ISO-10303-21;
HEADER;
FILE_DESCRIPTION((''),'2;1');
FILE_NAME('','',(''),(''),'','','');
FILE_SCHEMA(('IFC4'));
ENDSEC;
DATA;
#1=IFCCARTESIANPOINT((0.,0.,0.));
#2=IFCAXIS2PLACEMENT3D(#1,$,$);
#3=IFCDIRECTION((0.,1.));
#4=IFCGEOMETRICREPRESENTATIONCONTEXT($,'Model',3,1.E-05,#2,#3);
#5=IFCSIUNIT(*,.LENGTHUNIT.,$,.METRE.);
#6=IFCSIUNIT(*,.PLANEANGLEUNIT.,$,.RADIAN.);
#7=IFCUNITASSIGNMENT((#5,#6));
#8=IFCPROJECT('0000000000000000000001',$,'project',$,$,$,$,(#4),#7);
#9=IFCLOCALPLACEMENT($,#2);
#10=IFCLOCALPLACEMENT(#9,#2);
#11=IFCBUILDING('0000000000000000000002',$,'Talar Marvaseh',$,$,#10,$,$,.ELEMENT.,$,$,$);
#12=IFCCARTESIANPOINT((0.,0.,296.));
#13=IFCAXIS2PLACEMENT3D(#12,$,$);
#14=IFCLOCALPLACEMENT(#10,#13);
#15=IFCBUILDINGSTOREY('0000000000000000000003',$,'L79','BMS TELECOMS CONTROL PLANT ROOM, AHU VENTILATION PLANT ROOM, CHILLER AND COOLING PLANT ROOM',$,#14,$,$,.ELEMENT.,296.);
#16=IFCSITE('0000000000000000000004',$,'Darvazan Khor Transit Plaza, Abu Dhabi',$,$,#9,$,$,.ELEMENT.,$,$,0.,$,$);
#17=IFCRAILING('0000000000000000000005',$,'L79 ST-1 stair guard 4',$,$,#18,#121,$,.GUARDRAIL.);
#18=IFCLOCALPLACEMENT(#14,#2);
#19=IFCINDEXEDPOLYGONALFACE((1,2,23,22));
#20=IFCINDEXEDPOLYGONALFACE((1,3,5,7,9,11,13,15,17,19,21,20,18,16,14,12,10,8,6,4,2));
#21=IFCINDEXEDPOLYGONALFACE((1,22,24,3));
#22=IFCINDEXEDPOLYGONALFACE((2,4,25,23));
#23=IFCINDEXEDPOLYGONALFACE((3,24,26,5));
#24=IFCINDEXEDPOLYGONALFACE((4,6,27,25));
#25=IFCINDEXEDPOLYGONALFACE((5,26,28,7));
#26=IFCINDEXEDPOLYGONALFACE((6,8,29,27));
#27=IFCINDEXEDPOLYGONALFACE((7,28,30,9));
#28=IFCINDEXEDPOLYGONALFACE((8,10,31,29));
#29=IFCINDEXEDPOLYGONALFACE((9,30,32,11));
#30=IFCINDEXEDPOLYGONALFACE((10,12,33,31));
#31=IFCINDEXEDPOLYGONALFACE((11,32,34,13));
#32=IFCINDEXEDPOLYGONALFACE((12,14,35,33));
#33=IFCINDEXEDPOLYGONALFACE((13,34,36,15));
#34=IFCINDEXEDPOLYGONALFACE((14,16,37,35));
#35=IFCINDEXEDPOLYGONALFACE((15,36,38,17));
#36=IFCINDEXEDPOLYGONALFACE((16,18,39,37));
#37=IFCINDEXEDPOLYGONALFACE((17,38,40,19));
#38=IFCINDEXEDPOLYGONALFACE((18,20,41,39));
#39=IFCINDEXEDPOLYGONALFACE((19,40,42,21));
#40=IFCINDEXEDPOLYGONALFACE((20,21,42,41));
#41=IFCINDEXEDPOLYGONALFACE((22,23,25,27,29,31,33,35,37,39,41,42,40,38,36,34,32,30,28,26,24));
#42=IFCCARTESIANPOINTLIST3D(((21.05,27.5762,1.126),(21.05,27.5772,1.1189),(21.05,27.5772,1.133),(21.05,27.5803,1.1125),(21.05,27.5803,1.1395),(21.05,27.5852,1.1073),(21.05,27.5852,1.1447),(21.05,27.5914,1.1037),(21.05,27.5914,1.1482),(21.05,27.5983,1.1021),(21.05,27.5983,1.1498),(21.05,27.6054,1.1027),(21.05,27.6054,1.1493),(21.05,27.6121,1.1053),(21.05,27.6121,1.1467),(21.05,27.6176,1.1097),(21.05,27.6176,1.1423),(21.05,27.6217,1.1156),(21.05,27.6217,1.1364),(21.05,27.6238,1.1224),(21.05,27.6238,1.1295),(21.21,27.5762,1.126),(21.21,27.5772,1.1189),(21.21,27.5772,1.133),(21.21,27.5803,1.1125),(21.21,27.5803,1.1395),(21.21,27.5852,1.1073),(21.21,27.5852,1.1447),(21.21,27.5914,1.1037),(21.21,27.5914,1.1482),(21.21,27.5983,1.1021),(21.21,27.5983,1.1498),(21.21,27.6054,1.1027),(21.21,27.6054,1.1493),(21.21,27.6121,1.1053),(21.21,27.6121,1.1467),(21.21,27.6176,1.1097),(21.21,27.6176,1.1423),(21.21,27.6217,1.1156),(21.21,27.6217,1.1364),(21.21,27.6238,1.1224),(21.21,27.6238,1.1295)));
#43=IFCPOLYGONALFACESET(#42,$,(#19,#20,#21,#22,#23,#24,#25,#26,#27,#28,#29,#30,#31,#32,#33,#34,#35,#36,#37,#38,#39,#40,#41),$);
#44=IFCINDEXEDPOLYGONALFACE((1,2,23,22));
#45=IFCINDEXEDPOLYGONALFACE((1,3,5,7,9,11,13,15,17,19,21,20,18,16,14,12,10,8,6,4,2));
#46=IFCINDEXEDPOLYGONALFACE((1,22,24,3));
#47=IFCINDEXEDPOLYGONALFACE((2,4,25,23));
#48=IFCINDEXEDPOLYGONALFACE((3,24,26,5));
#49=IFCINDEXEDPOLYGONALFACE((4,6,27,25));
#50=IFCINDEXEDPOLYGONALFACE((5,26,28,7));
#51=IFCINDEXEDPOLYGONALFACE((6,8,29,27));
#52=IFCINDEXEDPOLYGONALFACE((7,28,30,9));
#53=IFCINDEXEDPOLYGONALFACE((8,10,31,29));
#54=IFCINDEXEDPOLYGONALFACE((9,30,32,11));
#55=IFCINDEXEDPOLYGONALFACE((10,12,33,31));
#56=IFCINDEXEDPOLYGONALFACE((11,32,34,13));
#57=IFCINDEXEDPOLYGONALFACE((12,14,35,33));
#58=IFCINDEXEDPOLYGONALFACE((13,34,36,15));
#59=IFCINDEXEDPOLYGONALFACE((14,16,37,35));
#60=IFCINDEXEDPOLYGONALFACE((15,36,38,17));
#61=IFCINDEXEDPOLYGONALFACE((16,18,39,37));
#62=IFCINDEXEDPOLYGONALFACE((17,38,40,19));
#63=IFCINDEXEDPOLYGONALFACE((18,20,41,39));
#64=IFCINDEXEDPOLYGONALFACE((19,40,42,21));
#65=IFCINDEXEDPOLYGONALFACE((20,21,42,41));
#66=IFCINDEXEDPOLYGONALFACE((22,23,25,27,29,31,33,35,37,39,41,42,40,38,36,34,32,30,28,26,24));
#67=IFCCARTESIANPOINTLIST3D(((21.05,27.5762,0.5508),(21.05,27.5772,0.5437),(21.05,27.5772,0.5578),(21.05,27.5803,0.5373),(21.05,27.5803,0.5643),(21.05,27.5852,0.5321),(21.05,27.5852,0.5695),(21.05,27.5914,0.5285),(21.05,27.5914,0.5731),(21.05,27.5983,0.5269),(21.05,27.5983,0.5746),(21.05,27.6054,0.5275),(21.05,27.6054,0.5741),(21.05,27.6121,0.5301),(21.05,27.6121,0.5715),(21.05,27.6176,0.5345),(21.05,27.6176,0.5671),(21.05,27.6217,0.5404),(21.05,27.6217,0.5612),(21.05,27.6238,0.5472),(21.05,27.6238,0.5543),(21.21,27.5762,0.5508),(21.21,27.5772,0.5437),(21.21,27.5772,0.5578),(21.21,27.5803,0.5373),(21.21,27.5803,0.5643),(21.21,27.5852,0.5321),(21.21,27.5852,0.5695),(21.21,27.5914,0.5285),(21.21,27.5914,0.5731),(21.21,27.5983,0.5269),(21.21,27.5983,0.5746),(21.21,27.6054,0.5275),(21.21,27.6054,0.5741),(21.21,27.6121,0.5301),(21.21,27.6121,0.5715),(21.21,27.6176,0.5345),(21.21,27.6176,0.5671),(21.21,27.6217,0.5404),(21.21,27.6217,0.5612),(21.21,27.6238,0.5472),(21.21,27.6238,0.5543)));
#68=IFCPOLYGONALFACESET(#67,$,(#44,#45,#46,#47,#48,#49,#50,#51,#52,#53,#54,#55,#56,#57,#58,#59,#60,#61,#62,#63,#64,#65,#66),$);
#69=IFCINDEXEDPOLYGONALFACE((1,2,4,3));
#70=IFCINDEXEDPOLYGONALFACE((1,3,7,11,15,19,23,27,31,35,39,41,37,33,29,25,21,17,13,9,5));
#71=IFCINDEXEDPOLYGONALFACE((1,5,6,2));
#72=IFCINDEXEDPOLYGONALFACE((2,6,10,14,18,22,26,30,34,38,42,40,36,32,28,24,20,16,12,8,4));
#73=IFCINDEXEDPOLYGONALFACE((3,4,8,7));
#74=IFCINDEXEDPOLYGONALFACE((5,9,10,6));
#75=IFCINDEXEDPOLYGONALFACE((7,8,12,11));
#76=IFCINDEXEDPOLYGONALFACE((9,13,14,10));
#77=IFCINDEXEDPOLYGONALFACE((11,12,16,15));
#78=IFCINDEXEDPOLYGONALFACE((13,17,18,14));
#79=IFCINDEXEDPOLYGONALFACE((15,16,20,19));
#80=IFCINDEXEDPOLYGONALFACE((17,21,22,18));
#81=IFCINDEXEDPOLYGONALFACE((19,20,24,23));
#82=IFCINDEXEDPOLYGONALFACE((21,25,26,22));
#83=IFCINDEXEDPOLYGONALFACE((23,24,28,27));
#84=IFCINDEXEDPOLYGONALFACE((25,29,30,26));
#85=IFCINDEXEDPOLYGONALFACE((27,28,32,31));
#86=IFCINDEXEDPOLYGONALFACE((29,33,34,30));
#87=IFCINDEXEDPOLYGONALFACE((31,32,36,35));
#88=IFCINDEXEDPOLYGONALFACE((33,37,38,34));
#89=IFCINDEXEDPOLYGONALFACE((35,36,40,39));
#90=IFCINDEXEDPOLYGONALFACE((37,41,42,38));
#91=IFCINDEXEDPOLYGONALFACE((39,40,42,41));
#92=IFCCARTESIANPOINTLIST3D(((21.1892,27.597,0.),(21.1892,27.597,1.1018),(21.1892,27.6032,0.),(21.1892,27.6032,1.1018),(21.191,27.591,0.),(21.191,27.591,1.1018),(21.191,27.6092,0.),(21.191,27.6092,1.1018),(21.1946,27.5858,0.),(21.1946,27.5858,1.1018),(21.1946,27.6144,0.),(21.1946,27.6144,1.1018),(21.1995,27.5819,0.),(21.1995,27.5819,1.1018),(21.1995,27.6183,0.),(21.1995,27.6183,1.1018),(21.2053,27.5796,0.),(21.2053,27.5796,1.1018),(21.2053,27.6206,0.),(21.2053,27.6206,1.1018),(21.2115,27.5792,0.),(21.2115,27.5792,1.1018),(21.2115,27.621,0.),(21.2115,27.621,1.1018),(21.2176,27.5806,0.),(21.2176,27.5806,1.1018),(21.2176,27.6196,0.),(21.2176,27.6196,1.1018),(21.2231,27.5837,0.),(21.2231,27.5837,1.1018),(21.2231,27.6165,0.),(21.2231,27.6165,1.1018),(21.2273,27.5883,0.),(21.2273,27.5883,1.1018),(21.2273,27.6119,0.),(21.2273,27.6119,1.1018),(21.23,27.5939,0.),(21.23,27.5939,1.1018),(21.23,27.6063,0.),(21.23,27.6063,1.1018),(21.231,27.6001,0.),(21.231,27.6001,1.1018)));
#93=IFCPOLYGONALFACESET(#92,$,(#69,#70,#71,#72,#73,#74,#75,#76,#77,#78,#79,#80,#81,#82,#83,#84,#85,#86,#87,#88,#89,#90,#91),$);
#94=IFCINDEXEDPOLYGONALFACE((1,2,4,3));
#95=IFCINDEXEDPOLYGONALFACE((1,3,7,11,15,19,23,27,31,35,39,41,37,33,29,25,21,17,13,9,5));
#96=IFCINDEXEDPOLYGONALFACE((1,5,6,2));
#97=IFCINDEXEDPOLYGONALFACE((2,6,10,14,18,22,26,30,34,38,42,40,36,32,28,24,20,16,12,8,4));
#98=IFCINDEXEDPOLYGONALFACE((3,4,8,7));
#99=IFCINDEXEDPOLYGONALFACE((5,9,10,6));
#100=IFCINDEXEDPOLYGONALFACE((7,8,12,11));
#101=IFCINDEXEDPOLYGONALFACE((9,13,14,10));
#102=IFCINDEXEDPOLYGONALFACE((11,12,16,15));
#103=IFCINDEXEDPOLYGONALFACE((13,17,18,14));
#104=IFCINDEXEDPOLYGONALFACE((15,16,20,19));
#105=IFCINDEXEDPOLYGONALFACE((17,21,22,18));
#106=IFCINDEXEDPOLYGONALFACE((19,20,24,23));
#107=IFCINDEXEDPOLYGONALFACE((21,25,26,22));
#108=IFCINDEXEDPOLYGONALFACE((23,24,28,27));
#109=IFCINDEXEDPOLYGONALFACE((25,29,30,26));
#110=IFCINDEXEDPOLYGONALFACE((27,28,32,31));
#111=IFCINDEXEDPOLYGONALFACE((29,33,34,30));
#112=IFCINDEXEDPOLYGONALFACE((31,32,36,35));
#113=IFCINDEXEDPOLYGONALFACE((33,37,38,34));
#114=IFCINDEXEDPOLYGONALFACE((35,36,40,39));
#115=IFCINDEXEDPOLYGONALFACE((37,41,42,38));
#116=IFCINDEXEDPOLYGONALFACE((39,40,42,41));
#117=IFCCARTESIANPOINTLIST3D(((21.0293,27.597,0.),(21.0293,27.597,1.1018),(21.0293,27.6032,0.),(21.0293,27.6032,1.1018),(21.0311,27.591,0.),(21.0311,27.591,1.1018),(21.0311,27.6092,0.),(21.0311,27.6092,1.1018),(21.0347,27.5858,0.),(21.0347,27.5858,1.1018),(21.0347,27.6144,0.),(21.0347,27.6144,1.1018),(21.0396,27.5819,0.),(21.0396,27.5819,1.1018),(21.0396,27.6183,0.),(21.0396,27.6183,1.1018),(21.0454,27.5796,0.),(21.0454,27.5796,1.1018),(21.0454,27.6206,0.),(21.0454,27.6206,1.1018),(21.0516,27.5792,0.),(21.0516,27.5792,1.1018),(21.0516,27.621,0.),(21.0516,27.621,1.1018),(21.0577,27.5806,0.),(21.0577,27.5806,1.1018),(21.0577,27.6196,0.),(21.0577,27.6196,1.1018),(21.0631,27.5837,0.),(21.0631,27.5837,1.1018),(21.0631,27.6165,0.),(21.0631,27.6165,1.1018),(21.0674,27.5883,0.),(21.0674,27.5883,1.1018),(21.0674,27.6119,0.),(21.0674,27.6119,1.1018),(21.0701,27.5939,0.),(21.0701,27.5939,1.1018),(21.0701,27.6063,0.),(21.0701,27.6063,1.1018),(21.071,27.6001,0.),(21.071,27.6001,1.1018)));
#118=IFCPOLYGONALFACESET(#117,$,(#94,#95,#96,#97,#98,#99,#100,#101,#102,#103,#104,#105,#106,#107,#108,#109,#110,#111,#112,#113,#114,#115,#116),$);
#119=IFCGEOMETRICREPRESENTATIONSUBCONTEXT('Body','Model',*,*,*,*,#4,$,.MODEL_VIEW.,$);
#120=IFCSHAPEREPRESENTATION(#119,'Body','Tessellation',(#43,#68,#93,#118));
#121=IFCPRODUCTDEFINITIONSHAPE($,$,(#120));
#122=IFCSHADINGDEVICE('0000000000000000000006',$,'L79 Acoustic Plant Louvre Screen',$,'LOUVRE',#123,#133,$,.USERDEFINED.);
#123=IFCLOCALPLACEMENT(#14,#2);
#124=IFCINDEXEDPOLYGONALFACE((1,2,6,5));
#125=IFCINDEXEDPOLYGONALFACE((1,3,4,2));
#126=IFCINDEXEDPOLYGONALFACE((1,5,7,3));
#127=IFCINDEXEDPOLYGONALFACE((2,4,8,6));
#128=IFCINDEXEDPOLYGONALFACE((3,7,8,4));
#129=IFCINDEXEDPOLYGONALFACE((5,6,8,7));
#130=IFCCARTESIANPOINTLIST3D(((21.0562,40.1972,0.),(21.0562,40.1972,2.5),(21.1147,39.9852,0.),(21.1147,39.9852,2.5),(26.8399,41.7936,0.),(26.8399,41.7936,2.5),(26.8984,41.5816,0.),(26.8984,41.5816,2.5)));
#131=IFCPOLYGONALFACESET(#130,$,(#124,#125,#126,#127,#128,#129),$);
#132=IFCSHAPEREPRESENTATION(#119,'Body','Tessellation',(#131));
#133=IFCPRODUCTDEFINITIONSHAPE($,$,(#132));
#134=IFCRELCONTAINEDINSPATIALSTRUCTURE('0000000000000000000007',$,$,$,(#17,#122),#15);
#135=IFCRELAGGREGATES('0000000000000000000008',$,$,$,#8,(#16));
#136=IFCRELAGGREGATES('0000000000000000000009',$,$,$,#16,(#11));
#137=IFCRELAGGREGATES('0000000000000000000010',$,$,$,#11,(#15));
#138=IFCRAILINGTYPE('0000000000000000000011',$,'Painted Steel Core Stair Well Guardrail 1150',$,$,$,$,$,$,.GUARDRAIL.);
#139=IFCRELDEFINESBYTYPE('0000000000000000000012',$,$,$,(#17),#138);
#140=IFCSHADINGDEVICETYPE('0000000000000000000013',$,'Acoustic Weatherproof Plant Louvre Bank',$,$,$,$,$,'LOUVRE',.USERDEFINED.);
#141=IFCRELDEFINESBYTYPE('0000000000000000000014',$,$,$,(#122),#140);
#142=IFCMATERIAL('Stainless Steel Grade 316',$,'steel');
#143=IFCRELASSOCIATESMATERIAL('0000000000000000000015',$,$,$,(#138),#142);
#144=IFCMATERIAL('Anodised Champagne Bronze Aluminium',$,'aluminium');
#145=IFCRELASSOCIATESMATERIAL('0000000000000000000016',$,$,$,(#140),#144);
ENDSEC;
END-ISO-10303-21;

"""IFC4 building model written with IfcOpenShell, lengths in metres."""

from ifc_helpers import new_model, si_unit, direction, frame, origin, origin_2d, place, context, subcontext, project, spatial, rectangle, circle, extrude, source, transform, mapped, material, type_object, type_shapes, element, save


model = new_model("IFC4")

# Units and contexts
model_context = context("Model", 3, precision=1e-05, world=origin(), true_north=direction((0.0, 1.0)))
body_context = subcontext(model_context, "Body", "Model", "MODEL_VIEW")
ifc_project = project(units=[si_unit("LENGTHUNIT", "METRE"), si_unit("PLANEANGLEUNIT", "RADIAN")], contexts=[model_context])

# Site, building, storey
site_placement = place(None, origin())
site = spatial("IfcSite", under=ifc_project, at=site_placement, Name="Darvazan Khor Transit Plaza, Abu Dhabi", CompositionType="ELEMENT", RefElevation=0.0)
building_placement = place(site_placement, origin())
building = spatial("IfcBuilding", under=site, at=building_placement, Name="Talar Marvaseh", CompositionType="ELEMENT")
storey_placement = place(building_placement, frame((0.0, 0.0, 296.0)))
storey = spatial("IfcBuildingStorey", under=building, at=storey_placement, Name="L79", Description="BMS TELECOMS CONTROL PLANT ROOM, AHU VENTILATION PLANT ROOM, CHILLER AND COOLING PLANT ROOM", CompositionType="ELEMENT", Elevation=296.0)

# Shared definitions
ifc_material_1 = material(Name="Stainless Steel Grade 316", Category="steel")

# Railing
railing_type_1 = type_object("IfcRailingType", Name="Painted Steel Core Stair Well Guardrail 1150", PredefinedType="GUARDRAIL", material=ifc_material_1)
railing_1_placement = place(storey_placement, frame((21.21, 27.6001, 0.0)))
element("IfcRailing", 1, at=railing_1_placement, inside=storey, type_object=railing_type_1, Name="L79 ST-1 stair guard 4", PredefinedType="GUARDRAIL", context=body_context, shape_type="SweptSolid", body=[
    extrude(circle(Radius=0.0239, at=origin_2d()), frame((0.0, 0.0, 1.126), z_axis=(-1.0, 0.0, 0.0), x_axis=(0.0, -1.0, 0.0)), (0.0, 0.0, 1.0), 0.1599),
    extrude(circle(Radius=0.0239, at=origin_2d()), frame((0.0, 0.0, 0.5508), z_axis=(-1.0, 0.0, 0.0), x_axis=(0.0, -1.0, 0.0)), (0.0, 0.0, 1.0), 0.1599),
    extrude(circle(Radius=0.021, at=origin_2d()), origin(), (0.0, 0.0, 1.0), 1.1018),
    extrude(circle(Radius=0.021, at=origin_2d()), frame((-0.1599, 0.0, 0.0)), (0.0, 0.0, 1.0), 1.1018),
])

# Shading device
ifc_material_2 = material(Name="Anodised Champagne Bronze Aluminium", Category="aluminium")
shading_device_type = type_object("IfcShadingDeviceType", Name="Acoustic Weatherproof Plant Louvre Bank", ElementType="LOUVRE", PredefinedType="USERDEFINED", material=ifc_material_2)
shared_shape_1 = source(origin(), body_context, "Body", "SweptSolid", [
    extrude(rectangle(XDim=6.0, YDim=0.22, at=origin_2d()), origin(), (0.0, 0.0, 1.0), 2.5),
])
type_shapes(shading_device_type, [shared_shape_1])
shading_device_placement = place(storey_placement, frame((23.9773, 40.8894, 0.0), z_axis=(0.0, 0.0, 1.0), x_axis=(0.963956, 0.266061, 0.0)))
element("IfcShadingDevice", 2, at=shading_device_placement, inside=storey, type_object=shading_device_type, Name="L79 Acoustic Plant Louvre Screen", ObjectType="LOUVRE", PredefinedType="USERDEFINED", context=body_context, shape_type="MappedRepresentation", body=[
    mapped(shared_shape_1, transform((0.0, 0.0, 0.0), x_axis=(1.0, 0.0, 0.0), y_axis=(0.0, 1.0, 0.0), z_axis=(0.0, 0.0, 1.0), scale=1.0)),
])

save(model, "model.ifc")
